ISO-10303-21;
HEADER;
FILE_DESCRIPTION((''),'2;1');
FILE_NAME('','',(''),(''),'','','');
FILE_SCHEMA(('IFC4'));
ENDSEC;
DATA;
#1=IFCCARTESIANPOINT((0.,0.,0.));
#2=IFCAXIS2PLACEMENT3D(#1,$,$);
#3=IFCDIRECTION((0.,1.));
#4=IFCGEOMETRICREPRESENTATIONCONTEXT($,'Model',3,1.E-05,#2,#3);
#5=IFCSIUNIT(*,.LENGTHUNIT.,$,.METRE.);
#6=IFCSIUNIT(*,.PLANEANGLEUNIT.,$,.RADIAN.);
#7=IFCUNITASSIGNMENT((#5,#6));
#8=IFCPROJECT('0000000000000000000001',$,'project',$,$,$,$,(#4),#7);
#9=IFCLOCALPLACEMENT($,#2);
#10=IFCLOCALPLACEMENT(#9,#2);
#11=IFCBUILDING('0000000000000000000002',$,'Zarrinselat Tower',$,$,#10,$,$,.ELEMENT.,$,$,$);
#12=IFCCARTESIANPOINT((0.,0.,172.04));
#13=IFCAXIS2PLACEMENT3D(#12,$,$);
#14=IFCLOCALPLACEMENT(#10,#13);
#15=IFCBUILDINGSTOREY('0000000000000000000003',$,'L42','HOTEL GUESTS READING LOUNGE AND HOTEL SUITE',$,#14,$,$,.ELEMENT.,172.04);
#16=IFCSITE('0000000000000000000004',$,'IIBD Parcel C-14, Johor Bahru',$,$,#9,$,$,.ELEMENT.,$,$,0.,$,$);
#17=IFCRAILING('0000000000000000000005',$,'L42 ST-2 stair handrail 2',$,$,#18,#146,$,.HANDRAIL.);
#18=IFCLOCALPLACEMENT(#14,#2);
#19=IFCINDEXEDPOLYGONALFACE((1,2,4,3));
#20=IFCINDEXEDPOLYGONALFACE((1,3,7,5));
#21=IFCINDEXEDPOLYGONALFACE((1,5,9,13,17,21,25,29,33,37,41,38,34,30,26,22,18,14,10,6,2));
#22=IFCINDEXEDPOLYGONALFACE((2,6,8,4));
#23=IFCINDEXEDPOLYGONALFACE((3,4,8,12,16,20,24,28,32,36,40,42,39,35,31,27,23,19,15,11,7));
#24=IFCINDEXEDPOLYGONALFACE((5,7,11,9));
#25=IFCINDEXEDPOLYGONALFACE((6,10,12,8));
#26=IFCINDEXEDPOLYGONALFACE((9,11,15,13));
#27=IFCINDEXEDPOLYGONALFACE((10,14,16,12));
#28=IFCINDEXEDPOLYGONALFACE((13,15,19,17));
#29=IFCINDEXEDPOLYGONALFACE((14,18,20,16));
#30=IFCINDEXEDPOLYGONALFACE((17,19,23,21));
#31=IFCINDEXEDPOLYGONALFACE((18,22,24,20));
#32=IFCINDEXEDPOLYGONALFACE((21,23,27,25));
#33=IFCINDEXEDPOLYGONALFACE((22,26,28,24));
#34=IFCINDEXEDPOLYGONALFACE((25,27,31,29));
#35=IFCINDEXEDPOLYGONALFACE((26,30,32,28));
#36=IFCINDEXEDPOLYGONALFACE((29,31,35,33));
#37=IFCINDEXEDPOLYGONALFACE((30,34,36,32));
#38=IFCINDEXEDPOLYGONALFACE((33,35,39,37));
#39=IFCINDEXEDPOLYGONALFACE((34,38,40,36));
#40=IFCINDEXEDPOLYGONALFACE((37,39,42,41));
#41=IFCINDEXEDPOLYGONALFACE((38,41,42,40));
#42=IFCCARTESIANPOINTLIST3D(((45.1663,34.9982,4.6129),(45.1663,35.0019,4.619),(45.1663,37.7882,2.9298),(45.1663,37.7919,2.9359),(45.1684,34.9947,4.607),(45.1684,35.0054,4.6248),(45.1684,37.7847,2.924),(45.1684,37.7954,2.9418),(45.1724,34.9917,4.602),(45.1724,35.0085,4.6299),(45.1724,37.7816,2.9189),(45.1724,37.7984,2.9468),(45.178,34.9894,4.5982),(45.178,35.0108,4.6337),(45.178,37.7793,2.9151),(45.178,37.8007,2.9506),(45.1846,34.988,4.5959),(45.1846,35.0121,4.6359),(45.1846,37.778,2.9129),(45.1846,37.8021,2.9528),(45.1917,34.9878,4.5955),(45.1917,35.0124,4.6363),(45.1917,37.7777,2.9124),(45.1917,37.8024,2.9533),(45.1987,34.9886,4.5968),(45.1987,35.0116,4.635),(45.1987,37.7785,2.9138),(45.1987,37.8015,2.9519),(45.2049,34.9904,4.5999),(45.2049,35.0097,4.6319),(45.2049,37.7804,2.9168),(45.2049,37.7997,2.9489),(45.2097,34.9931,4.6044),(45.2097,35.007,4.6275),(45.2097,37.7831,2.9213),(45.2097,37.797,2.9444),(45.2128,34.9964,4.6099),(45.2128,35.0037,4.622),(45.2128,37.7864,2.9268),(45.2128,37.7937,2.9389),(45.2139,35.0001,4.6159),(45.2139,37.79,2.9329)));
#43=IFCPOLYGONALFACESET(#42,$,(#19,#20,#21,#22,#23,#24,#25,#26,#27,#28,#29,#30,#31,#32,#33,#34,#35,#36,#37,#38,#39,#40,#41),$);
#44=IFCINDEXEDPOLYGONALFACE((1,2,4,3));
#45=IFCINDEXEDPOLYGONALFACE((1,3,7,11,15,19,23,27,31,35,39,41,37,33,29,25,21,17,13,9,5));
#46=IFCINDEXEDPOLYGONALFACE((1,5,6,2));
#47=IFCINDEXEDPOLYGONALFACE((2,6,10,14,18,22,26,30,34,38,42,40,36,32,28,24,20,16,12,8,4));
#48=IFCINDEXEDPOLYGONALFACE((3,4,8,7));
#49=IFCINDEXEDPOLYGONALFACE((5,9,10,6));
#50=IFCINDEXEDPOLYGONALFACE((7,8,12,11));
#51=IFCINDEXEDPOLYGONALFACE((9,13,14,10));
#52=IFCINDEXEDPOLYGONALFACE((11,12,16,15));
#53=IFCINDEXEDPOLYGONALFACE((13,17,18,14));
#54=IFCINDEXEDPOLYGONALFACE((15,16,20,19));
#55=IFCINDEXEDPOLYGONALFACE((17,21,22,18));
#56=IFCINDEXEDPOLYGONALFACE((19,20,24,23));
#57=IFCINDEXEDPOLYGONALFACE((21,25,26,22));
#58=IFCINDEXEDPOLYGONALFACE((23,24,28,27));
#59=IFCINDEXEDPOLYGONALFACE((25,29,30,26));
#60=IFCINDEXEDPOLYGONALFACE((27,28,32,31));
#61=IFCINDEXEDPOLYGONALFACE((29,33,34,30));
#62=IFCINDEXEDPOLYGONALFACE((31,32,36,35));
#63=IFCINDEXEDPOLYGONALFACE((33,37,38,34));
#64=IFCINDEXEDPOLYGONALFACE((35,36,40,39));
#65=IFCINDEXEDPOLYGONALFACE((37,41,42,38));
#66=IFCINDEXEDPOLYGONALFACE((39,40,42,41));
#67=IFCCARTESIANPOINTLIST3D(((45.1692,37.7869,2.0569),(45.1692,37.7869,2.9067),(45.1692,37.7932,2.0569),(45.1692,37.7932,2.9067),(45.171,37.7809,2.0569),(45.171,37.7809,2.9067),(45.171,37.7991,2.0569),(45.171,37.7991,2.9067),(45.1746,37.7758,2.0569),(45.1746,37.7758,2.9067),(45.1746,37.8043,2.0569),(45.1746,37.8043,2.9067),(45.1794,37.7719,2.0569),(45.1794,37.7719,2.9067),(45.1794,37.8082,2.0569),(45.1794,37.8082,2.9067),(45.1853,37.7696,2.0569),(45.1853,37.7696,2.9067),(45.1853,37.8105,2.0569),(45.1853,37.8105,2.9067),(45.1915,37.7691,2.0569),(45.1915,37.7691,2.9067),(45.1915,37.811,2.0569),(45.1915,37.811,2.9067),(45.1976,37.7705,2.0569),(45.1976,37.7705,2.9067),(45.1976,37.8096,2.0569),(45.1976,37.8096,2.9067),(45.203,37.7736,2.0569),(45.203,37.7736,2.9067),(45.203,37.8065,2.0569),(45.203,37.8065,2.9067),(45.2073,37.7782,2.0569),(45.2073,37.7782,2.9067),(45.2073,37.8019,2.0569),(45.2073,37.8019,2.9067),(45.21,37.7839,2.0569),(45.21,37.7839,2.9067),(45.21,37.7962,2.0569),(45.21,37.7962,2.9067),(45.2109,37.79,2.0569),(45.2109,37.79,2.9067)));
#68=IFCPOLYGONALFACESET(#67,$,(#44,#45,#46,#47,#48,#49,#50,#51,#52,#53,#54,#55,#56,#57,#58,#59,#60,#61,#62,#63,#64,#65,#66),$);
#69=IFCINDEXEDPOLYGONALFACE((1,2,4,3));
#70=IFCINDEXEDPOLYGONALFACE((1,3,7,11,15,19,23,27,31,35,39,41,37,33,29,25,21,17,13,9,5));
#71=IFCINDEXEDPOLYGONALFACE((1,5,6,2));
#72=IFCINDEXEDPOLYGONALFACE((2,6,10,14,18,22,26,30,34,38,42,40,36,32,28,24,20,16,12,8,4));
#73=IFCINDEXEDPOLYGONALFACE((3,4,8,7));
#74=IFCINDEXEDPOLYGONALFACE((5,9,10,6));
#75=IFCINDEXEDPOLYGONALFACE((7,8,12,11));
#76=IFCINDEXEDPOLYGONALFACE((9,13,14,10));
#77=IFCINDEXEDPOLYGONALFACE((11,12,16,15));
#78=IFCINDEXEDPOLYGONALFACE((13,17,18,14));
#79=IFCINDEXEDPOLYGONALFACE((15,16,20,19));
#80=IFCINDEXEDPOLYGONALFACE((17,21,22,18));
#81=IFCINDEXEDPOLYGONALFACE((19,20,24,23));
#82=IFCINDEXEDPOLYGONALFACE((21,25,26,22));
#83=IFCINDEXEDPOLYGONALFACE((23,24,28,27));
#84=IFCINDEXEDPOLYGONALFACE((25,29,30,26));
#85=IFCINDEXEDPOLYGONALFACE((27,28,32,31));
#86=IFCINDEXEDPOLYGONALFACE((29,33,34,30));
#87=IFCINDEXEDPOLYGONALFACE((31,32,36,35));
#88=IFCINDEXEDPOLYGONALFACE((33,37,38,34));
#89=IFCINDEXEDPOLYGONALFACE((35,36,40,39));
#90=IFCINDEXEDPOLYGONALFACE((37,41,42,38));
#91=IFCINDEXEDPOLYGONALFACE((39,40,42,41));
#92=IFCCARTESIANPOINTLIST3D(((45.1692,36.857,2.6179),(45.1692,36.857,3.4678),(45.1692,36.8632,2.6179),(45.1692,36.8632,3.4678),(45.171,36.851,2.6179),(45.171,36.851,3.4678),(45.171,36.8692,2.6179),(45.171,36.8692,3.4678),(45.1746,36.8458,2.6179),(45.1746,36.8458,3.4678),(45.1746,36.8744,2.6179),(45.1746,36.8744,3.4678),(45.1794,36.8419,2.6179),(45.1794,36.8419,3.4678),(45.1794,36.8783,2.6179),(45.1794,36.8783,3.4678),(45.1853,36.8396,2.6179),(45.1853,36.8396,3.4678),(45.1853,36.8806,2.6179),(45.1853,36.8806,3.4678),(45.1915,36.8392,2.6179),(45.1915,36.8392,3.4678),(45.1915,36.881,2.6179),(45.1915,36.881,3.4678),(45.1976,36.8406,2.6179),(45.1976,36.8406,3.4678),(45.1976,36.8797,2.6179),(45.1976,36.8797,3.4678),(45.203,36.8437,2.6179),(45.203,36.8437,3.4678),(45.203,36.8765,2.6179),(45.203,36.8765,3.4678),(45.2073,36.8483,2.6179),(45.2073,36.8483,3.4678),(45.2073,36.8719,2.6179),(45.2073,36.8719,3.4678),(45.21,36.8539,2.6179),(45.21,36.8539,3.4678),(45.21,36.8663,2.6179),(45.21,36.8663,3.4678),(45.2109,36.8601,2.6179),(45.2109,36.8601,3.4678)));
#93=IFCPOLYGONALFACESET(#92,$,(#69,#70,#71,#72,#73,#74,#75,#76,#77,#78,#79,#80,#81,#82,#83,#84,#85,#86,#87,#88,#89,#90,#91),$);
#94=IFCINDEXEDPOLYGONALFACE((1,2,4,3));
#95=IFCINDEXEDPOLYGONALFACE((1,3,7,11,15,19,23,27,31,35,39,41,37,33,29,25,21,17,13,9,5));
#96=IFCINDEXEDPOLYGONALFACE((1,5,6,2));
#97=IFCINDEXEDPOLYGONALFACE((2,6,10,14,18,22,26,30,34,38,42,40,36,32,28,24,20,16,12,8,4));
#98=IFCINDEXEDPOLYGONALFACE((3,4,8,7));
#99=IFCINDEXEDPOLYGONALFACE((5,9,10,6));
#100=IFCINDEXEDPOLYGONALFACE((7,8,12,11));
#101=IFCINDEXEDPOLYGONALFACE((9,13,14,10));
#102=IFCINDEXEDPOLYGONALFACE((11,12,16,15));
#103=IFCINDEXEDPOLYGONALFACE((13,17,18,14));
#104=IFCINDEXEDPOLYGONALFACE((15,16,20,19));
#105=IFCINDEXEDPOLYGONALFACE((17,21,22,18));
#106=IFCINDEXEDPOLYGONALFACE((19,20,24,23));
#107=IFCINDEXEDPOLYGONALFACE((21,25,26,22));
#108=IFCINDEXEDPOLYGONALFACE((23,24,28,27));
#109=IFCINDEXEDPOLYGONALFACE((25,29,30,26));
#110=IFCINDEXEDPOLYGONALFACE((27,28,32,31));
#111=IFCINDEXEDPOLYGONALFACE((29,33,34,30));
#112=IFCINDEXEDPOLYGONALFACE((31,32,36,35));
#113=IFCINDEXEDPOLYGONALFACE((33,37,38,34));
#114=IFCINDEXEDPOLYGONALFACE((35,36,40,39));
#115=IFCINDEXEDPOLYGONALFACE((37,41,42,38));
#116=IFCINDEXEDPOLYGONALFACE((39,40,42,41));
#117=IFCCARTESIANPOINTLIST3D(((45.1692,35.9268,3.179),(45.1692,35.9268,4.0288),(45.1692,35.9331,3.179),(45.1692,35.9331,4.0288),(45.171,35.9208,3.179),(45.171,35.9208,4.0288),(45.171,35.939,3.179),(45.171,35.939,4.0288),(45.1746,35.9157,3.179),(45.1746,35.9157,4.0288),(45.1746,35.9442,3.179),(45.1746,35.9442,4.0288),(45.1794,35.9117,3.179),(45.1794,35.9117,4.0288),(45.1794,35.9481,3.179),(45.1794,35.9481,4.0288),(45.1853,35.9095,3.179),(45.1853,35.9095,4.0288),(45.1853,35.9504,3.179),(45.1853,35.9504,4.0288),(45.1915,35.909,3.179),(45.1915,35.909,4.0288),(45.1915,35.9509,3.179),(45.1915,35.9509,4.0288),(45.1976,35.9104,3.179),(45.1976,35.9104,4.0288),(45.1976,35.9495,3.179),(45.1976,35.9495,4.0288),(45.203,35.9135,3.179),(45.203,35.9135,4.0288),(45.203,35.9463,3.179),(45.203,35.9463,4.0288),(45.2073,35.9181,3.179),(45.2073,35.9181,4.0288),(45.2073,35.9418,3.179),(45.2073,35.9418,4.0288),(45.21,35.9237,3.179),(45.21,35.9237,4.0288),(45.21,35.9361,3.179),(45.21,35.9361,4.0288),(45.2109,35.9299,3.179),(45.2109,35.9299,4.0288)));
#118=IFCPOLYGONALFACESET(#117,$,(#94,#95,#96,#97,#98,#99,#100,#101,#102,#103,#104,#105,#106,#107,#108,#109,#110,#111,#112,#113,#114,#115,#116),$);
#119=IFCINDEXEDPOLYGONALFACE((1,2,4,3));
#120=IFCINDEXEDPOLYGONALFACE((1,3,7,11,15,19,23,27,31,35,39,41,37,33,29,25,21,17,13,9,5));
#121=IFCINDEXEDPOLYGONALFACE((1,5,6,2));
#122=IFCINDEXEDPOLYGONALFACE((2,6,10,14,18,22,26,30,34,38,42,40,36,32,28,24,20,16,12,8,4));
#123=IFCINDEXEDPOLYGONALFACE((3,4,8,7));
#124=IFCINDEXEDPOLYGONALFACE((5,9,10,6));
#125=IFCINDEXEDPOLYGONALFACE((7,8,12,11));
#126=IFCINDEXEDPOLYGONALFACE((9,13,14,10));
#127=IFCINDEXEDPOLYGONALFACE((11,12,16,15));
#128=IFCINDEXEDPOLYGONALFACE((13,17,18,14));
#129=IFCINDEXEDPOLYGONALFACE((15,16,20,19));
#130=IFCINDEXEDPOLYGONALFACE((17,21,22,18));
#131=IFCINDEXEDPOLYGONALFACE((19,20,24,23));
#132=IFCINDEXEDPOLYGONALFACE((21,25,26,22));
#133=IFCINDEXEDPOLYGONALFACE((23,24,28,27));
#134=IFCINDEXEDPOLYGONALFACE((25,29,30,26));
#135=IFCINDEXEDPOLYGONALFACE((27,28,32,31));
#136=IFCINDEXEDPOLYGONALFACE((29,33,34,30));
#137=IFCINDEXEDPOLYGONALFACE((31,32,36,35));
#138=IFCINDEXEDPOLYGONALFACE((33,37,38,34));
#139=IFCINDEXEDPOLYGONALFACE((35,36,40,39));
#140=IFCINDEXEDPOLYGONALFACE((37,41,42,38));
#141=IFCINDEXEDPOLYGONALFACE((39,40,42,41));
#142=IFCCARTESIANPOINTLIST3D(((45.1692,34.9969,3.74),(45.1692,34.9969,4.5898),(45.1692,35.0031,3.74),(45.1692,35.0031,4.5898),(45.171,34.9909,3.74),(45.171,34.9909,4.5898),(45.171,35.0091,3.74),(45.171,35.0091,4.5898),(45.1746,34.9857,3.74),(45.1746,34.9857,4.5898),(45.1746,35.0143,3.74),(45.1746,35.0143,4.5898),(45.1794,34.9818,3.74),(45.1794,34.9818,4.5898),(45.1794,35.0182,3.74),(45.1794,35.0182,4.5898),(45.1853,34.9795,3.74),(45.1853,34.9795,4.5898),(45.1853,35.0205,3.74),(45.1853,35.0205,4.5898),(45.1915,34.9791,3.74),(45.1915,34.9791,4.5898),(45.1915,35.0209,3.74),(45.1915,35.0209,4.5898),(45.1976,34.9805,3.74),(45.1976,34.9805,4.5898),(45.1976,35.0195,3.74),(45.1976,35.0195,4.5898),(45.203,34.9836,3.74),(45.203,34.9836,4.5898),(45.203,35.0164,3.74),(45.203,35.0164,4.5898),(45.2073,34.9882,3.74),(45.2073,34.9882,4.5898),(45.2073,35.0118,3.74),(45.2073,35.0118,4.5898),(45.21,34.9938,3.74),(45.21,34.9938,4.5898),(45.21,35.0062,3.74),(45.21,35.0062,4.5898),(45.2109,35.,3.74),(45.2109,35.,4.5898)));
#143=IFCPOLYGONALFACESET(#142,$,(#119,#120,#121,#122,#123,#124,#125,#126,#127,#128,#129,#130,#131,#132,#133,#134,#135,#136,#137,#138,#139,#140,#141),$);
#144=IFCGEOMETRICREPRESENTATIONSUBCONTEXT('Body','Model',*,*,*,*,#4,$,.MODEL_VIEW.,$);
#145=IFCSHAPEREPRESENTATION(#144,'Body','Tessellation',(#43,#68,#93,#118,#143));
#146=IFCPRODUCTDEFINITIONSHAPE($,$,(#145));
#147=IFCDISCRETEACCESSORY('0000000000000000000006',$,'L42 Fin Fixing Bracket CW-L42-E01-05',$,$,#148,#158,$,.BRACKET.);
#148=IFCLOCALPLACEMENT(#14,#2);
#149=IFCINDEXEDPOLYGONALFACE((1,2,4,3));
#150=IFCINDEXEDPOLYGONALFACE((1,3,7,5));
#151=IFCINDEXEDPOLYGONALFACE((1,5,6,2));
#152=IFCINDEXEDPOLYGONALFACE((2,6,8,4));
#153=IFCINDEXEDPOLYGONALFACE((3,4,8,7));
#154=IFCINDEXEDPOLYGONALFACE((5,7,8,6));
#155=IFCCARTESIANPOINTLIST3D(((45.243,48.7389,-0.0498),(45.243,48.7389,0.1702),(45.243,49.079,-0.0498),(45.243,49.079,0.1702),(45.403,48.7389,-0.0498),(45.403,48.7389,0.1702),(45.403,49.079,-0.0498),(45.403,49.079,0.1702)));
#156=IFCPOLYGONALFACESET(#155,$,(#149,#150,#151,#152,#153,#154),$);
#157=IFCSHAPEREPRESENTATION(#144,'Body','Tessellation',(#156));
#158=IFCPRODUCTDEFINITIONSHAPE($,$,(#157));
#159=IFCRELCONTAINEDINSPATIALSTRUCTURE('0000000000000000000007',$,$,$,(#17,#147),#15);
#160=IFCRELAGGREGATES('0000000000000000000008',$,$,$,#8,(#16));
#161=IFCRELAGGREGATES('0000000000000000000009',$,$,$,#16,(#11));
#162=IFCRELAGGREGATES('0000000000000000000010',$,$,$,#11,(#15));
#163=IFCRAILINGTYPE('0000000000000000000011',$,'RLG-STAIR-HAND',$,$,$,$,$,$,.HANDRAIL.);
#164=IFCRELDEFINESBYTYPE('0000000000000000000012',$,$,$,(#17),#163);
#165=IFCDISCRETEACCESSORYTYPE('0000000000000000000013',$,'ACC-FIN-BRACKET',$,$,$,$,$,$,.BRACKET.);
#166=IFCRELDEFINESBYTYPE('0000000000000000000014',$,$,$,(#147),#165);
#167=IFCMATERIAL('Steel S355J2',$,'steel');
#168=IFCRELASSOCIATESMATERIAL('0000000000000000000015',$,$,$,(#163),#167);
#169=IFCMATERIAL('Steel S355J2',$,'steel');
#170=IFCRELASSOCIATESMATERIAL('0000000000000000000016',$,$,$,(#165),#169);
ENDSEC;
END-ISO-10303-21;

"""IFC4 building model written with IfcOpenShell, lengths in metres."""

from ifc_helpers import new_model, si_unit, direction, frame, origin, origin_2d, place, context, subcontext, project, spatial, rectangle, circle, extrude, material, type_object, element, save


model = new_model("IFC4")

# Units and contexts
model_context = context("Model", 3, precision=1e-05, world=origin(), true_north=direction((0.0, 1.0)))
body_context = subcontext(model_context, "Body", "Model", "MODEL_VIEW")
ifc_project = project(units=[si_unit("LENGTHUNIT", "METRE"), si_unit("PLANEANGLEUNIT", "RADIAN")], contexts=[model_context])

# Site, building, storey
site_placement = place(None, origin())
site = spatial("IfcSite", under=ifc_project, at=site_placement, Name="IIBD Parcel C-14, Johor Bahru", CompositionType="ELEMENT", RefElevation=0.0)
building_placement = place(site_placement, origin())
building = spatial("IfcBuilding", under=site, at=building_placement, Name="Zarrinselat Tower", CompositionType="ELEMENT")
storey_placement = place(building_placement, frame((0.0, 0.0, 172.04)))
storey = spatial("IfcBuildingStorey", under=building, at=storey_placement, Name="L42", Description="HOTEL GUESTS READING LOUNGE AND HOTEL SUITE", CompositionType="ELEMENT", Elevation=172.04)

# Railing
ifc_material_1 = material(Name="Steel S355J2", Category="steel")
railing_type_1 = type_object("IfcRailingType", Name="RLG-STAIR-HAND", PredefinedType="HANDRAIL", material=ifc_material_1)
railing_1_placement = place(storey_placement, frame((45.1899, 37.79, 2.0569)))
element("IfcRailing", 1, at=railing_1_placement, inside=storey, type_object=railing_type_1, Name="L42 ST-2 stair handrail 2", PredefinedType="HANDRAIL", context=body_context, shape_type="SweptSolid", body=[
    extrude(circle(Radius=0.0239, at=origin_2d()), frame((0.0, 0.0, 0.876), z_axis=(0.0, -0.856261, 0.516544), x_axis=(1.0, 0.0, 0.0)), (0.0, 0.0, 1.0), 3.2583),
    extrude(circle(Radius=0.021, at=origin_2d()), origin(), (0.0, 0.0, 1.0), 0.8499),
    extrude(circle(Radius=0.021, at=origin_2d()), frame((0.0, -0.9299, 0.561)), (0.0, 0.0, 1.0), 0.8499),
    extrude(circle(Radius=0.021, at=origin_2d()), frame((0.0, -1.8601, 1.1221)), (0.0, 0.0, 1.0), 0.8499),
    extrude(circle(Radius=0.021, at=origin_2d()), frame((0.0, -2.79, 1.6831)), (0.0, 0.0, 1.0), 0.8499),
])

# Discrete accessory
ifc_material_2 = material(Name="Steel S355J2", Category="steel")
discrete_accessory_type = type_object("IfcDiscreteAccessoryType", Name="ACC-FIN-BRACKET", PredefinedType="BRACKET", material=ifc_material_2)
discrete_accessory_placement = place(storey_placement, frame((45.323, 48.9089, -0.0498), z_axis=(0.0, 0.0, 1.0), x_axis=(0.0, 1.0, 0.0)))
element("IfcDiscreteAccessory", 2, at=discrete_accessory_placement, inside=storey, type_object=discrete_accessory_type, Name="L42 Fin Fixing Bracket CW-L42-E01-05", PredefinedType="BRACKET", context=body_context, shape_type="SweptSolid", body=[
    extrude(rectangle(XDim=0.3401, YDim=0.1599, at=origin_2d()), origin(), (0.0, 0.0, 1.0), 0.22),
])

save(model, "model.ifc")
